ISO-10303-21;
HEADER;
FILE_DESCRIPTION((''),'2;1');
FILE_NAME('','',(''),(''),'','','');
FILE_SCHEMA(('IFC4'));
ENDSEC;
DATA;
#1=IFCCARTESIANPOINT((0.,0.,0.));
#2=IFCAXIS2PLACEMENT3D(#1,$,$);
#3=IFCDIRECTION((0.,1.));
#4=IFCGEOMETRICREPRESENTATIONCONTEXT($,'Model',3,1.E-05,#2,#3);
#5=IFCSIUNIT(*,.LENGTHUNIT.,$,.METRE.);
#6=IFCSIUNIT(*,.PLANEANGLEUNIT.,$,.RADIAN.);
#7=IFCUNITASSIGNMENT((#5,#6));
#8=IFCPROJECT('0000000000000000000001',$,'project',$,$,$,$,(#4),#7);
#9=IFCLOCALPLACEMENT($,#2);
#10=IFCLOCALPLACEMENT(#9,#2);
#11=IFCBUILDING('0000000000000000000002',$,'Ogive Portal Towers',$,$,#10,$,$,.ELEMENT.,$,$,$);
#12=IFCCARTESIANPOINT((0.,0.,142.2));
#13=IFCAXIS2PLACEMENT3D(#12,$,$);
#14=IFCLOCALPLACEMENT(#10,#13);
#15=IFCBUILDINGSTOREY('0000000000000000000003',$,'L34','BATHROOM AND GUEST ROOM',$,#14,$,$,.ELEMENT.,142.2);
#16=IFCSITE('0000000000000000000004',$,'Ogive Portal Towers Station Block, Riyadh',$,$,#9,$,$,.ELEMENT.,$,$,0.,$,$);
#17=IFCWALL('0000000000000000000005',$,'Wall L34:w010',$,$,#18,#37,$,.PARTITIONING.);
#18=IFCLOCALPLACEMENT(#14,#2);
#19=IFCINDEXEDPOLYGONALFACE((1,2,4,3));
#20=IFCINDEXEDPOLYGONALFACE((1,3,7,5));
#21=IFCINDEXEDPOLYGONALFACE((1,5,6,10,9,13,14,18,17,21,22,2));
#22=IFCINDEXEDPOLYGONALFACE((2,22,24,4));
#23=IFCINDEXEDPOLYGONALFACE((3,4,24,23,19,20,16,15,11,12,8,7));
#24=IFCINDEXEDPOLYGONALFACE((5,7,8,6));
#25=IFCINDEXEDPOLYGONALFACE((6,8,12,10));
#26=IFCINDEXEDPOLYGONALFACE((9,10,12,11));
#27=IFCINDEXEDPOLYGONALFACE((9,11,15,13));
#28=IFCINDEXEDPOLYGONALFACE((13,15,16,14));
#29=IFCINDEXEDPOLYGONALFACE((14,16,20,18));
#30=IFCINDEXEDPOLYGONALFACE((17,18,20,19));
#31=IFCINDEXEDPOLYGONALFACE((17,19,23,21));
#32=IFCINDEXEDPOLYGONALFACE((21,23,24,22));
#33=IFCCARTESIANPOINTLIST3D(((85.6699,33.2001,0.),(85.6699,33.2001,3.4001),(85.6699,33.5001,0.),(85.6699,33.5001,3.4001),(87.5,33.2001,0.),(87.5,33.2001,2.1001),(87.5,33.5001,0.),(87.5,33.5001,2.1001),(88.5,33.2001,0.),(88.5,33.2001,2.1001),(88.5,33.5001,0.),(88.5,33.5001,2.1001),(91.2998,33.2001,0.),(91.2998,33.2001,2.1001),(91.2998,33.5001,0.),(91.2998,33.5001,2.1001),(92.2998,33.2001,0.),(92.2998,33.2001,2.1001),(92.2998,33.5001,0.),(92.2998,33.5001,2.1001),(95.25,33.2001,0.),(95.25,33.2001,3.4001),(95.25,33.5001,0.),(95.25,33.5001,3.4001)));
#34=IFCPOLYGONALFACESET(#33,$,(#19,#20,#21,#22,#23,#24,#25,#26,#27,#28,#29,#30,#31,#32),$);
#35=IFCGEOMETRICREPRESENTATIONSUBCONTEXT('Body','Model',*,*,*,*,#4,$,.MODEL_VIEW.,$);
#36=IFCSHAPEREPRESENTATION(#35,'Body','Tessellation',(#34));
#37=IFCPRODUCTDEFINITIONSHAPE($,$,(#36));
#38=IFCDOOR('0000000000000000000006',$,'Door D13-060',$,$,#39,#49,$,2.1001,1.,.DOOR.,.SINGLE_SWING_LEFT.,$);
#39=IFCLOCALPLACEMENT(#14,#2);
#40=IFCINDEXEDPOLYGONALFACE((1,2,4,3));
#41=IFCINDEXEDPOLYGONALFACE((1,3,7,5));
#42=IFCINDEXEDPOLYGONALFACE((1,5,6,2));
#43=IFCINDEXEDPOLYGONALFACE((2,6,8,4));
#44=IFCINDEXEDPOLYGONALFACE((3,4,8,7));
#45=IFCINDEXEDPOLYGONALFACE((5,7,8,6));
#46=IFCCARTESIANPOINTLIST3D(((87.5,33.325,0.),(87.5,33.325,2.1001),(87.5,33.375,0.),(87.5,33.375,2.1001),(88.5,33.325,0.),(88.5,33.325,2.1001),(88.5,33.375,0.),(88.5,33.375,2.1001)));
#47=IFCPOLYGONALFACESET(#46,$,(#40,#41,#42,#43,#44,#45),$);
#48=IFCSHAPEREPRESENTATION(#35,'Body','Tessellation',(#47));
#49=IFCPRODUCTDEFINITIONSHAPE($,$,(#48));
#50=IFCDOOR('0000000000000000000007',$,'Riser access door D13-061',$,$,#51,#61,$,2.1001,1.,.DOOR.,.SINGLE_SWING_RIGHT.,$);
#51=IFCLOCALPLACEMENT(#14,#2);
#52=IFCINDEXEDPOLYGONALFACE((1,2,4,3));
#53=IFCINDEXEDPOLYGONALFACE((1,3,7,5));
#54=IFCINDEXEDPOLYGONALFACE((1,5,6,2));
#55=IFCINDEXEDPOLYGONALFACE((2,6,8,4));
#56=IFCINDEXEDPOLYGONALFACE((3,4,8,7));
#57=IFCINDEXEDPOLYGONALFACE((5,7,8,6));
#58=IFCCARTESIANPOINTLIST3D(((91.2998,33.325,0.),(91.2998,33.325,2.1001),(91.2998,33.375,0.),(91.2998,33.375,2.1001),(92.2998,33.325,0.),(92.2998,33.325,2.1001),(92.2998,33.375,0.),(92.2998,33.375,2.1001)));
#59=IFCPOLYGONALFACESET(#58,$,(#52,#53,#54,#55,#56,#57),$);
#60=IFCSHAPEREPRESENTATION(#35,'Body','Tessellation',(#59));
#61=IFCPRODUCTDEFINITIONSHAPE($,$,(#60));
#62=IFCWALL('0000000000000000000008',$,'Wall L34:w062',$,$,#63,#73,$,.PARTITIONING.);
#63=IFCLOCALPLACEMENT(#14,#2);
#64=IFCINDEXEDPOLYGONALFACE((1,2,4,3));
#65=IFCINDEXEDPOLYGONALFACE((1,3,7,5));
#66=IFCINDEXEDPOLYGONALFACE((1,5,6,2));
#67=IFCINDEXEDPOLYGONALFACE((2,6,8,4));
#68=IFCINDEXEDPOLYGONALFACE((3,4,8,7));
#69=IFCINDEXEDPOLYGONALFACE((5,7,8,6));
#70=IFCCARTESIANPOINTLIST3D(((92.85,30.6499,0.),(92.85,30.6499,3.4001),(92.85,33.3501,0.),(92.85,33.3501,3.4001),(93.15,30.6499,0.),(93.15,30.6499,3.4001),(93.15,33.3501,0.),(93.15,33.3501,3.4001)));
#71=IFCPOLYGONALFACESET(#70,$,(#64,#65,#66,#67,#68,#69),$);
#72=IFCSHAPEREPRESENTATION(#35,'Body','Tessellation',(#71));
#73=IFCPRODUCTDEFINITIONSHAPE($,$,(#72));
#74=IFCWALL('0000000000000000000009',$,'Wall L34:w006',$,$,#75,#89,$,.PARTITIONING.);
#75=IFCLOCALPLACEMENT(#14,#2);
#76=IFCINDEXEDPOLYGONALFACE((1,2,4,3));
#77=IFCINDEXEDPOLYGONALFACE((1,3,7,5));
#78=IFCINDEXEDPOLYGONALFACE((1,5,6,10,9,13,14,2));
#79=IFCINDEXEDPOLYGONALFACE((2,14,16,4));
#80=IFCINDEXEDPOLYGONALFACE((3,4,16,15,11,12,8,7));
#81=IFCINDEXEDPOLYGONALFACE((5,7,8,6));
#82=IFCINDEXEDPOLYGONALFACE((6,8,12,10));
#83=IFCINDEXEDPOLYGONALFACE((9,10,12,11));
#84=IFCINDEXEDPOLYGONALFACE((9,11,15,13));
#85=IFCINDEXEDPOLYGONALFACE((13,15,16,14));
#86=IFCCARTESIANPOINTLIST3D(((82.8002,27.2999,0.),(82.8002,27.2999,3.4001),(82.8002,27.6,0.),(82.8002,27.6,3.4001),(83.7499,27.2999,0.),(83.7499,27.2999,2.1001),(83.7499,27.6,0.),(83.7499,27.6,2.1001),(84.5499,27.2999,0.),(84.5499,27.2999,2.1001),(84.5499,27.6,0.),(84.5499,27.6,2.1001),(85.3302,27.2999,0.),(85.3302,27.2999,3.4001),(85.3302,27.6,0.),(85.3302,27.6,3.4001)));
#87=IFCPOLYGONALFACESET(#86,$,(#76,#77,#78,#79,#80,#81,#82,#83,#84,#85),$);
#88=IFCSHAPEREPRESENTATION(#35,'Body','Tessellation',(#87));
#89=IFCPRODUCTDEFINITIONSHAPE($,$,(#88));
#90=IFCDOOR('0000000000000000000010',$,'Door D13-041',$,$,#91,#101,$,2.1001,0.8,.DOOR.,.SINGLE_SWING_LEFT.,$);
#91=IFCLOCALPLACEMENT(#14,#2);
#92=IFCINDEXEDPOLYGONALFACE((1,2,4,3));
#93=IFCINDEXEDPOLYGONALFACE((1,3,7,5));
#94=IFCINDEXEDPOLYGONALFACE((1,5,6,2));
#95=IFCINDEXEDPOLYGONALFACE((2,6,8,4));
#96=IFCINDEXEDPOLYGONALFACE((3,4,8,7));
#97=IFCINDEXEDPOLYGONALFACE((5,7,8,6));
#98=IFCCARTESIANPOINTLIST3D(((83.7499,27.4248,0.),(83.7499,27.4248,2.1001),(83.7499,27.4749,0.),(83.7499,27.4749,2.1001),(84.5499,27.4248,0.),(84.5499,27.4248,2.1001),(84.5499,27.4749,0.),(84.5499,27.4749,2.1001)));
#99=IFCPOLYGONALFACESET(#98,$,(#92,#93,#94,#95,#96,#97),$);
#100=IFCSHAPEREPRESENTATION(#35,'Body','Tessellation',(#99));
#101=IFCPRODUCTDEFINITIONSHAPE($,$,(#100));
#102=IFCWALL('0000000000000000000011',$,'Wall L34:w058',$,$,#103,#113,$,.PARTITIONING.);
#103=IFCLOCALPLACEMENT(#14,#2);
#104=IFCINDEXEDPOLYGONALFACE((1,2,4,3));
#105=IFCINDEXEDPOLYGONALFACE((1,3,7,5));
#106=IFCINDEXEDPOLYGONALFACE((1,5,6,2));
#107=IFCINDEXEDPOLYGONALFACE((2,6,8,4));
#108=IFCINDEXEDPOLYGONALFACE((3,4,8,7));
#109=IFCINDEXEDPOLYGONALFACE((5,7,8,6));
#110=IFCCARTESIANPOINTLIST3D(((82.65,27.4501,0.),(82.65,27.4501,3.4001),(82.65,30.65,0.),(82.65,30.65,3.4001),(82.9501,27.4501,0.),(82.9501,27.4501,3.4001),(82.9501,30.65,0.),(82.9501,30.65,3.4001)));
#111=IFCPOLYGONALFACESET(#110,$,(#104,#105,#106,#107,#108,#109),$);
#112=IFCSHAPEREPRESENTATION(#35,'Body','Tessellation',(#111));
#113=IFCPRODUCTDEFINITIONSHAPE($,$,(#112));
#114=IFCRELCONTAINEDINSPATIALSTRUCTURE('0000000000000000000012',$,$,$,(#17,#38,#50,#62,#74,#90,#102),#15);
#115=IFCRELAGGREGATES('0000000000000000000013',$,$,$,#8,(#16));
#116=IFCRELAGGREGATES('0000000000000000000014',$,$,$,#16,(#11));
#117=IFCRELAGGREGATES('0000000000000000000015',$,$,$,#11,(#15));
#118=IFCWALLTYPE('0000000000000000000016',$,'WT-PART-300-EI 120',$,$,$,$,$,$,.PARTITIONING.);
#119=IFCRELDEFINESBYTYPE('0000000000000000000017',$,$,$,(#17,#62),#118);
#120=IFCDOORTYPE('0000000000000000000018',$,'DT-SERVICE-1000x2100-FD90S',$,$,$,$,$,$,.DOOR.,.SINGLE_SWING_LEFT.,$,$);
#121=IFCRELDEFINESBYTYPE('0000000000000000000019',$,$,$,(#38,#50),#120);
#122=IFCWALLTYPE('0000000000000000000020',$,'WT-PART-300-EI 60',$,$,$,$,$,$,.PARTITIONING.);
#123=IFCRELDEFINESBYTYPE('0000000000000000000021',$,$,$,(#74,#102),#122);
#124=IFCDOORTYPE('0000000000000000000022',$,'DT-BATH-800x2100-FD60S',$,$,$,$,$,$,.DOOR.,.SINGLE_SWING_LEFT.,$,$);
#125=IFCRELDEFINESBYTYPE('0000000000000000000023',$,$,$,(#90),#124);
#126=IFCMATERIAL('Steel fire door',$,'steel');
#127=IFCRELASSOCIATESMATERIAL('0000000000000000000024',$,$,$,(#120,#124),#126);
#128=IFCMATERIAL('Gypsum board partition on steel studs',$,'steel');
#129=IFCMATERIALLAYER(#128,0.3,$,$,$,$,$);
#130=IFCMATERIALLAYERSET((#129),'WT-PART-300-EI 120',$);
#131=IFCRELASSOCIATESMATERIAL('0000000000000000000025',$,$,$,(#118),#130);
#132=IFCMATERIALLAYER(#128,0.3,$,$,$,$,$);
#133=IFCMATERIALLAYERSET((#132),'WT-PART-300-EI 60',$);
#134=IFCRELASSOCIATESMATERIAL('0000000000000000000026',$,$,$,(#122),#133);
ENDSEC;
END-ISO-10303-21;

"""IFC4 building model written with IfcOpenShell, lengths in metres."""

from ifc_helpers import new_model, si_unit, direction, frame, frame_2d, origin, place, context, subcontext, project, spatial, rectangle, extrude, material, layer, layer_set, type_object, element, fill, save


model = new_model("IFC4")

# Units and contexts
model_context = context("Model", 3, precision=1e-05, world=origin(), true_north=direction((0.0, 1.0)))
body_context = subcontext(model_context, "Body", "Model", "MODEL_VIEW")
ifc_project = project(units=[si_unit("LENGTHUNIT", "METRE"), si_unit("PLANEANGLEUNIT", "RADIAN")], contexts=[model_context])

# Site, building, storey
site_placement = place(None, origin())
site = spatial("IfcSite", under=ifc_project, at=site_placement, Name="Ogive Portal Towers Station Block, Riyadh", CompositionType="ELEMENT", RefElevation=0.0)
building_placement = place(site_placement, origin())
building = spatial("IfcBuilding", under=site, at=building_placement, Name="Ogive Portal Towers", CompositionType="ELEMENT")
storey_placement = place(building_placement, frame((0.0, 0.0, 142.2)))
storey = spatial("IfcBuildingStorey", under=building, at=storey_placement, Name="L34", Description="BATHROOM AND GUEST ROOM", CompositionType="ELEMENT", Elevation=142.2)

# Wall, openings, doors
ifc_material_1 = material(Name="Steel fire door", Category="steel")
door_type_1 = type_object("IfcDoorType", Name="DT-SERVICE-1000x2100-FD90S", OperationType="SINGLE_SWING_LEFT", PredefinedType="DOOR", material=ifc_material_1)
ifc_material_2 = material(Name="Gypsum board partition on steel studs", Category="steel")
ifc_layer_1 = layer(ifc_material_2, 0.3)
ifc_layer_set_1 = layer_set([ifc_layer_1], Name="WT-PART-300-EI 120")
wall_type_1 = type_object("IfcWallType", Name="WT-PART-300-EI 120", PredefinedType="PARTITIONING", material=ifc_layer_set_1)
wall_1_placement = place(storey_placement, frame((85.6699, 33.3501, 0.0), z_axis=(0.0, 0.0, 1.0), x_axis=(1.0, 0.0, 0.0)))
wall_1 = element("IfcWall", 1, at=wall_1_placement, inside=storey, type_object=wall_type_1, Name="Wall L34:w010", PredefinedType="PARTITIONING", context=body_context, shape_type="SweptSolid", body=[
    extrude(rectangle(XDim=9.5801, YDim=0.3, at=frame_2d((4.79, 0.0))), origin(), (0.0, 0.0, 1.0), 3.4001),
])
opening_1_placement = place(wall_1_placement, frame((1.8301, 0.0, 0.0)))
opening_1 = element("IfcOpeningElement", 2, at=opening_1_placement, cuts=wall_1, PredefinedType="OPENING", context=body_context, shape_type="SweptSolid", body=[
    extrude(rectangle(XDim=1.0, YDim=2.1001, at=frame_2d((0.5, 1.05))), frame((0.0, 0.1602, 0.0), z_axis=(0.0, -1.0, 0.0), x_axis=(1.0, 0.0, 0.0)), (0.0, 0.0, 1.0), 0.3201),
])
opening_2_placement = place(wall_1_placement, frame((5.6299, 0.0, 0.0)))
opening_2 = element("IfcOpeningElement", 3, at=opening_2_placement, cuts=wall_1, PredefinedType="OPENING", context=body_context, shape_type="SweptSolid", body=[
    extrude(rectangle(XDim=1.0, YDim=2.1001, at=frame_2d((0.5, 1.05))), frame((0.0, 0.1602, 0.0), z_axis=(0.0, -1.0, 0.0), x_axis=(1.0, 0.0, 0.0)), (0.0, 0.0, 1.0), 0.3201),
])
door_1_placement = place(opening_1_placement, origin())
door_1 = element("IfcDoor", 4, at=door_1_placement, inside=storey, type_object=door_type_1, Name="Door D13-060", OperationType="SINGLE_SWING_LEFT", OverallHeight=2.1001, OverallWidth=1.0, PredefinedType="DOOR", context=body_context, shape_type="SweptSolid", body=[
    extrude(rectangle(XDim=1.0, YDim=2.1001, at=frame_2d((0.5, 1.05))), frame((0.0, 0.0249, 0.0), z_axis=(0.0, -1.0, 0.0), x_axis=(1.0, 0.0, 0.0)), (0.0, 0.0, 1.0), 0.05),
])
fill(opening_1, door_1)
door_2_placement = place(opening_2_placement, origin())
door_2 = element("IfcDoor", 5, at=door_2_placement, inside=storey, type_object=door_type_1, Name="Riser access door D13-061", OperationType="SINGLE_SWING_RIGHT", OverallHeight=2.1001, OverallWidth=1.0, PredefinedType="DOOR", context=body_context, shape_type="SweptSolid", body=[
    extrude(rectangle(XDim=1.0, YDim=2.1001, at=frame_2d((0.5, 1.05))), frame((0.0, 0.0249, 0.0), z_axis=(0.0, -1.0, 0.0), x_axis=(1.0, 0.0, 0.0)), (0.0, 0.0, 1.0), 0.05),
])
fill(opening_2, door_2)

# Wall
wall_2_placement = place(storey_placement, frame((93.0, 30.6499, 0.0), z_axis=(0.0, 0.0, 1.0), x_axis=(0.0, 1.0, 0.0)))
element("IfcWall", 6, at=wall_2_placement, inside=storey, type_object=wall_type_1, Name="Wall L34:w062", PredefinedType="PARTITIONING", context=body_context, shape_type="SweptSolid", body=[
    extrude(rectangle(XDim=2.7002, YDim=0.3, at=frame_2d((1.3501, 0.0))), origin(), (0.0, 0.0, 1.0), 3.4001),
])

# Wall, opening, door
ifc_layer_2 = layer(ifc_material_2, 0.3)
ifc_layer_set_2 = layer_set([ifc_layer_2], Name="WT-PART-300-EI 60")
wall_type_2 = type_object("IfcWallType", Name="WT-PART-300-EI 60", PredefinedType="PARTITIONING", material=ifc_layer_set_2)
wall_3_placement = place(storey_placement, frame((82.8, 27.45, 0.0), z_axis=(0.0, 0.0, 1.0), x_axis=(1.0, 0.0, 0.0)))
wall_3 = element("IfcWall", 7, at=wall_3_placement, inside=storey, type_object=wall_type_2, Name="Wall L34:w006", PredefinedType="PARTITIONING", context=body_context, shape_type="SweptSolid", body=[
    extrude(rectangle(XDim=2.53, YDim=0.3, at=frame_2d((1.2651, 0.0))), origin(), (0.0, 0.0, 1.0), 3.4001),
])
opening_3_placement = place(wall_3_placement, frame((0.95, 0.0, 0.0)))
opening_3 = element("IfcOpeningElement", 8, at=opening_3_placement, cuts=wall_3, PredefinedType="OPENING", context=body_context, shape_type="SweptSolid", body=[
    extrude(rectangle(XDim=0.8, YDim=2.1001, at=frame_2d((0.3999, 1.05))), frame((0.0, 0.1602, 0.0), z_axis=(0.0, -1.0, 0.0), x_axis=(1.0, 0.0, 0.0)), (0.0, 0.0, 1.0), 0.3201),
])
door_type_2 = type_object("IfcDoorType", Name="DT-BATH-800x2100-FD60S", OperationType="SINGLE_SWING_LEFT", PredefinedType="DOOR", material=ifc_material_1)
door_3_placement = place(opening_3_placement, origin())
door_3 = element("IfcDoor", 9, at=door_3_placement, inside=storey, type_object=door_type_2, Name="Door D13-041", OperationType="SINGLE_SWING_LEFT", OverallHeight=2.1001, OverallWidth=0.8, PredefinedType="DOOR", context=body_context, shape_type="SweptSolid", body=[
    extrude(rectangle(XDim=0.8, YDim=2.1001, at=frame_2d((0.3999, 1.05))), frame((0.0, 0.0249, 0.0), z_axis=(0.0, -1.0, 0.0), x_axis=(1.0, 0.0, 0.0)), (0.0, 0.0, 1.0), 0.05),
])
fill(opening_3, door_3)

# Wall
wall_4_placement = place(storey_placement, frame((82.8, 27.45, 0.0), z_axis=(0.0, 0.0, 1.0), x_axis=(0.0, 1.0, 0.0)))
element("IfcWall", 10, at=wall_4_placement, inside=storey, type_object=wall_type_2, Name="Wall L34:w058", PredefinedType="PARTITIONING", context=body_context, shape_type="SweptSolid", body=[
    extrude(rectangle(XDim=3.2, YDim=0.3, at=frame_2d((1.6001, 0.0))), origin(), (0.0, 0.0, 1.0), 3.4001),
])

save(model, "model.ifc")
